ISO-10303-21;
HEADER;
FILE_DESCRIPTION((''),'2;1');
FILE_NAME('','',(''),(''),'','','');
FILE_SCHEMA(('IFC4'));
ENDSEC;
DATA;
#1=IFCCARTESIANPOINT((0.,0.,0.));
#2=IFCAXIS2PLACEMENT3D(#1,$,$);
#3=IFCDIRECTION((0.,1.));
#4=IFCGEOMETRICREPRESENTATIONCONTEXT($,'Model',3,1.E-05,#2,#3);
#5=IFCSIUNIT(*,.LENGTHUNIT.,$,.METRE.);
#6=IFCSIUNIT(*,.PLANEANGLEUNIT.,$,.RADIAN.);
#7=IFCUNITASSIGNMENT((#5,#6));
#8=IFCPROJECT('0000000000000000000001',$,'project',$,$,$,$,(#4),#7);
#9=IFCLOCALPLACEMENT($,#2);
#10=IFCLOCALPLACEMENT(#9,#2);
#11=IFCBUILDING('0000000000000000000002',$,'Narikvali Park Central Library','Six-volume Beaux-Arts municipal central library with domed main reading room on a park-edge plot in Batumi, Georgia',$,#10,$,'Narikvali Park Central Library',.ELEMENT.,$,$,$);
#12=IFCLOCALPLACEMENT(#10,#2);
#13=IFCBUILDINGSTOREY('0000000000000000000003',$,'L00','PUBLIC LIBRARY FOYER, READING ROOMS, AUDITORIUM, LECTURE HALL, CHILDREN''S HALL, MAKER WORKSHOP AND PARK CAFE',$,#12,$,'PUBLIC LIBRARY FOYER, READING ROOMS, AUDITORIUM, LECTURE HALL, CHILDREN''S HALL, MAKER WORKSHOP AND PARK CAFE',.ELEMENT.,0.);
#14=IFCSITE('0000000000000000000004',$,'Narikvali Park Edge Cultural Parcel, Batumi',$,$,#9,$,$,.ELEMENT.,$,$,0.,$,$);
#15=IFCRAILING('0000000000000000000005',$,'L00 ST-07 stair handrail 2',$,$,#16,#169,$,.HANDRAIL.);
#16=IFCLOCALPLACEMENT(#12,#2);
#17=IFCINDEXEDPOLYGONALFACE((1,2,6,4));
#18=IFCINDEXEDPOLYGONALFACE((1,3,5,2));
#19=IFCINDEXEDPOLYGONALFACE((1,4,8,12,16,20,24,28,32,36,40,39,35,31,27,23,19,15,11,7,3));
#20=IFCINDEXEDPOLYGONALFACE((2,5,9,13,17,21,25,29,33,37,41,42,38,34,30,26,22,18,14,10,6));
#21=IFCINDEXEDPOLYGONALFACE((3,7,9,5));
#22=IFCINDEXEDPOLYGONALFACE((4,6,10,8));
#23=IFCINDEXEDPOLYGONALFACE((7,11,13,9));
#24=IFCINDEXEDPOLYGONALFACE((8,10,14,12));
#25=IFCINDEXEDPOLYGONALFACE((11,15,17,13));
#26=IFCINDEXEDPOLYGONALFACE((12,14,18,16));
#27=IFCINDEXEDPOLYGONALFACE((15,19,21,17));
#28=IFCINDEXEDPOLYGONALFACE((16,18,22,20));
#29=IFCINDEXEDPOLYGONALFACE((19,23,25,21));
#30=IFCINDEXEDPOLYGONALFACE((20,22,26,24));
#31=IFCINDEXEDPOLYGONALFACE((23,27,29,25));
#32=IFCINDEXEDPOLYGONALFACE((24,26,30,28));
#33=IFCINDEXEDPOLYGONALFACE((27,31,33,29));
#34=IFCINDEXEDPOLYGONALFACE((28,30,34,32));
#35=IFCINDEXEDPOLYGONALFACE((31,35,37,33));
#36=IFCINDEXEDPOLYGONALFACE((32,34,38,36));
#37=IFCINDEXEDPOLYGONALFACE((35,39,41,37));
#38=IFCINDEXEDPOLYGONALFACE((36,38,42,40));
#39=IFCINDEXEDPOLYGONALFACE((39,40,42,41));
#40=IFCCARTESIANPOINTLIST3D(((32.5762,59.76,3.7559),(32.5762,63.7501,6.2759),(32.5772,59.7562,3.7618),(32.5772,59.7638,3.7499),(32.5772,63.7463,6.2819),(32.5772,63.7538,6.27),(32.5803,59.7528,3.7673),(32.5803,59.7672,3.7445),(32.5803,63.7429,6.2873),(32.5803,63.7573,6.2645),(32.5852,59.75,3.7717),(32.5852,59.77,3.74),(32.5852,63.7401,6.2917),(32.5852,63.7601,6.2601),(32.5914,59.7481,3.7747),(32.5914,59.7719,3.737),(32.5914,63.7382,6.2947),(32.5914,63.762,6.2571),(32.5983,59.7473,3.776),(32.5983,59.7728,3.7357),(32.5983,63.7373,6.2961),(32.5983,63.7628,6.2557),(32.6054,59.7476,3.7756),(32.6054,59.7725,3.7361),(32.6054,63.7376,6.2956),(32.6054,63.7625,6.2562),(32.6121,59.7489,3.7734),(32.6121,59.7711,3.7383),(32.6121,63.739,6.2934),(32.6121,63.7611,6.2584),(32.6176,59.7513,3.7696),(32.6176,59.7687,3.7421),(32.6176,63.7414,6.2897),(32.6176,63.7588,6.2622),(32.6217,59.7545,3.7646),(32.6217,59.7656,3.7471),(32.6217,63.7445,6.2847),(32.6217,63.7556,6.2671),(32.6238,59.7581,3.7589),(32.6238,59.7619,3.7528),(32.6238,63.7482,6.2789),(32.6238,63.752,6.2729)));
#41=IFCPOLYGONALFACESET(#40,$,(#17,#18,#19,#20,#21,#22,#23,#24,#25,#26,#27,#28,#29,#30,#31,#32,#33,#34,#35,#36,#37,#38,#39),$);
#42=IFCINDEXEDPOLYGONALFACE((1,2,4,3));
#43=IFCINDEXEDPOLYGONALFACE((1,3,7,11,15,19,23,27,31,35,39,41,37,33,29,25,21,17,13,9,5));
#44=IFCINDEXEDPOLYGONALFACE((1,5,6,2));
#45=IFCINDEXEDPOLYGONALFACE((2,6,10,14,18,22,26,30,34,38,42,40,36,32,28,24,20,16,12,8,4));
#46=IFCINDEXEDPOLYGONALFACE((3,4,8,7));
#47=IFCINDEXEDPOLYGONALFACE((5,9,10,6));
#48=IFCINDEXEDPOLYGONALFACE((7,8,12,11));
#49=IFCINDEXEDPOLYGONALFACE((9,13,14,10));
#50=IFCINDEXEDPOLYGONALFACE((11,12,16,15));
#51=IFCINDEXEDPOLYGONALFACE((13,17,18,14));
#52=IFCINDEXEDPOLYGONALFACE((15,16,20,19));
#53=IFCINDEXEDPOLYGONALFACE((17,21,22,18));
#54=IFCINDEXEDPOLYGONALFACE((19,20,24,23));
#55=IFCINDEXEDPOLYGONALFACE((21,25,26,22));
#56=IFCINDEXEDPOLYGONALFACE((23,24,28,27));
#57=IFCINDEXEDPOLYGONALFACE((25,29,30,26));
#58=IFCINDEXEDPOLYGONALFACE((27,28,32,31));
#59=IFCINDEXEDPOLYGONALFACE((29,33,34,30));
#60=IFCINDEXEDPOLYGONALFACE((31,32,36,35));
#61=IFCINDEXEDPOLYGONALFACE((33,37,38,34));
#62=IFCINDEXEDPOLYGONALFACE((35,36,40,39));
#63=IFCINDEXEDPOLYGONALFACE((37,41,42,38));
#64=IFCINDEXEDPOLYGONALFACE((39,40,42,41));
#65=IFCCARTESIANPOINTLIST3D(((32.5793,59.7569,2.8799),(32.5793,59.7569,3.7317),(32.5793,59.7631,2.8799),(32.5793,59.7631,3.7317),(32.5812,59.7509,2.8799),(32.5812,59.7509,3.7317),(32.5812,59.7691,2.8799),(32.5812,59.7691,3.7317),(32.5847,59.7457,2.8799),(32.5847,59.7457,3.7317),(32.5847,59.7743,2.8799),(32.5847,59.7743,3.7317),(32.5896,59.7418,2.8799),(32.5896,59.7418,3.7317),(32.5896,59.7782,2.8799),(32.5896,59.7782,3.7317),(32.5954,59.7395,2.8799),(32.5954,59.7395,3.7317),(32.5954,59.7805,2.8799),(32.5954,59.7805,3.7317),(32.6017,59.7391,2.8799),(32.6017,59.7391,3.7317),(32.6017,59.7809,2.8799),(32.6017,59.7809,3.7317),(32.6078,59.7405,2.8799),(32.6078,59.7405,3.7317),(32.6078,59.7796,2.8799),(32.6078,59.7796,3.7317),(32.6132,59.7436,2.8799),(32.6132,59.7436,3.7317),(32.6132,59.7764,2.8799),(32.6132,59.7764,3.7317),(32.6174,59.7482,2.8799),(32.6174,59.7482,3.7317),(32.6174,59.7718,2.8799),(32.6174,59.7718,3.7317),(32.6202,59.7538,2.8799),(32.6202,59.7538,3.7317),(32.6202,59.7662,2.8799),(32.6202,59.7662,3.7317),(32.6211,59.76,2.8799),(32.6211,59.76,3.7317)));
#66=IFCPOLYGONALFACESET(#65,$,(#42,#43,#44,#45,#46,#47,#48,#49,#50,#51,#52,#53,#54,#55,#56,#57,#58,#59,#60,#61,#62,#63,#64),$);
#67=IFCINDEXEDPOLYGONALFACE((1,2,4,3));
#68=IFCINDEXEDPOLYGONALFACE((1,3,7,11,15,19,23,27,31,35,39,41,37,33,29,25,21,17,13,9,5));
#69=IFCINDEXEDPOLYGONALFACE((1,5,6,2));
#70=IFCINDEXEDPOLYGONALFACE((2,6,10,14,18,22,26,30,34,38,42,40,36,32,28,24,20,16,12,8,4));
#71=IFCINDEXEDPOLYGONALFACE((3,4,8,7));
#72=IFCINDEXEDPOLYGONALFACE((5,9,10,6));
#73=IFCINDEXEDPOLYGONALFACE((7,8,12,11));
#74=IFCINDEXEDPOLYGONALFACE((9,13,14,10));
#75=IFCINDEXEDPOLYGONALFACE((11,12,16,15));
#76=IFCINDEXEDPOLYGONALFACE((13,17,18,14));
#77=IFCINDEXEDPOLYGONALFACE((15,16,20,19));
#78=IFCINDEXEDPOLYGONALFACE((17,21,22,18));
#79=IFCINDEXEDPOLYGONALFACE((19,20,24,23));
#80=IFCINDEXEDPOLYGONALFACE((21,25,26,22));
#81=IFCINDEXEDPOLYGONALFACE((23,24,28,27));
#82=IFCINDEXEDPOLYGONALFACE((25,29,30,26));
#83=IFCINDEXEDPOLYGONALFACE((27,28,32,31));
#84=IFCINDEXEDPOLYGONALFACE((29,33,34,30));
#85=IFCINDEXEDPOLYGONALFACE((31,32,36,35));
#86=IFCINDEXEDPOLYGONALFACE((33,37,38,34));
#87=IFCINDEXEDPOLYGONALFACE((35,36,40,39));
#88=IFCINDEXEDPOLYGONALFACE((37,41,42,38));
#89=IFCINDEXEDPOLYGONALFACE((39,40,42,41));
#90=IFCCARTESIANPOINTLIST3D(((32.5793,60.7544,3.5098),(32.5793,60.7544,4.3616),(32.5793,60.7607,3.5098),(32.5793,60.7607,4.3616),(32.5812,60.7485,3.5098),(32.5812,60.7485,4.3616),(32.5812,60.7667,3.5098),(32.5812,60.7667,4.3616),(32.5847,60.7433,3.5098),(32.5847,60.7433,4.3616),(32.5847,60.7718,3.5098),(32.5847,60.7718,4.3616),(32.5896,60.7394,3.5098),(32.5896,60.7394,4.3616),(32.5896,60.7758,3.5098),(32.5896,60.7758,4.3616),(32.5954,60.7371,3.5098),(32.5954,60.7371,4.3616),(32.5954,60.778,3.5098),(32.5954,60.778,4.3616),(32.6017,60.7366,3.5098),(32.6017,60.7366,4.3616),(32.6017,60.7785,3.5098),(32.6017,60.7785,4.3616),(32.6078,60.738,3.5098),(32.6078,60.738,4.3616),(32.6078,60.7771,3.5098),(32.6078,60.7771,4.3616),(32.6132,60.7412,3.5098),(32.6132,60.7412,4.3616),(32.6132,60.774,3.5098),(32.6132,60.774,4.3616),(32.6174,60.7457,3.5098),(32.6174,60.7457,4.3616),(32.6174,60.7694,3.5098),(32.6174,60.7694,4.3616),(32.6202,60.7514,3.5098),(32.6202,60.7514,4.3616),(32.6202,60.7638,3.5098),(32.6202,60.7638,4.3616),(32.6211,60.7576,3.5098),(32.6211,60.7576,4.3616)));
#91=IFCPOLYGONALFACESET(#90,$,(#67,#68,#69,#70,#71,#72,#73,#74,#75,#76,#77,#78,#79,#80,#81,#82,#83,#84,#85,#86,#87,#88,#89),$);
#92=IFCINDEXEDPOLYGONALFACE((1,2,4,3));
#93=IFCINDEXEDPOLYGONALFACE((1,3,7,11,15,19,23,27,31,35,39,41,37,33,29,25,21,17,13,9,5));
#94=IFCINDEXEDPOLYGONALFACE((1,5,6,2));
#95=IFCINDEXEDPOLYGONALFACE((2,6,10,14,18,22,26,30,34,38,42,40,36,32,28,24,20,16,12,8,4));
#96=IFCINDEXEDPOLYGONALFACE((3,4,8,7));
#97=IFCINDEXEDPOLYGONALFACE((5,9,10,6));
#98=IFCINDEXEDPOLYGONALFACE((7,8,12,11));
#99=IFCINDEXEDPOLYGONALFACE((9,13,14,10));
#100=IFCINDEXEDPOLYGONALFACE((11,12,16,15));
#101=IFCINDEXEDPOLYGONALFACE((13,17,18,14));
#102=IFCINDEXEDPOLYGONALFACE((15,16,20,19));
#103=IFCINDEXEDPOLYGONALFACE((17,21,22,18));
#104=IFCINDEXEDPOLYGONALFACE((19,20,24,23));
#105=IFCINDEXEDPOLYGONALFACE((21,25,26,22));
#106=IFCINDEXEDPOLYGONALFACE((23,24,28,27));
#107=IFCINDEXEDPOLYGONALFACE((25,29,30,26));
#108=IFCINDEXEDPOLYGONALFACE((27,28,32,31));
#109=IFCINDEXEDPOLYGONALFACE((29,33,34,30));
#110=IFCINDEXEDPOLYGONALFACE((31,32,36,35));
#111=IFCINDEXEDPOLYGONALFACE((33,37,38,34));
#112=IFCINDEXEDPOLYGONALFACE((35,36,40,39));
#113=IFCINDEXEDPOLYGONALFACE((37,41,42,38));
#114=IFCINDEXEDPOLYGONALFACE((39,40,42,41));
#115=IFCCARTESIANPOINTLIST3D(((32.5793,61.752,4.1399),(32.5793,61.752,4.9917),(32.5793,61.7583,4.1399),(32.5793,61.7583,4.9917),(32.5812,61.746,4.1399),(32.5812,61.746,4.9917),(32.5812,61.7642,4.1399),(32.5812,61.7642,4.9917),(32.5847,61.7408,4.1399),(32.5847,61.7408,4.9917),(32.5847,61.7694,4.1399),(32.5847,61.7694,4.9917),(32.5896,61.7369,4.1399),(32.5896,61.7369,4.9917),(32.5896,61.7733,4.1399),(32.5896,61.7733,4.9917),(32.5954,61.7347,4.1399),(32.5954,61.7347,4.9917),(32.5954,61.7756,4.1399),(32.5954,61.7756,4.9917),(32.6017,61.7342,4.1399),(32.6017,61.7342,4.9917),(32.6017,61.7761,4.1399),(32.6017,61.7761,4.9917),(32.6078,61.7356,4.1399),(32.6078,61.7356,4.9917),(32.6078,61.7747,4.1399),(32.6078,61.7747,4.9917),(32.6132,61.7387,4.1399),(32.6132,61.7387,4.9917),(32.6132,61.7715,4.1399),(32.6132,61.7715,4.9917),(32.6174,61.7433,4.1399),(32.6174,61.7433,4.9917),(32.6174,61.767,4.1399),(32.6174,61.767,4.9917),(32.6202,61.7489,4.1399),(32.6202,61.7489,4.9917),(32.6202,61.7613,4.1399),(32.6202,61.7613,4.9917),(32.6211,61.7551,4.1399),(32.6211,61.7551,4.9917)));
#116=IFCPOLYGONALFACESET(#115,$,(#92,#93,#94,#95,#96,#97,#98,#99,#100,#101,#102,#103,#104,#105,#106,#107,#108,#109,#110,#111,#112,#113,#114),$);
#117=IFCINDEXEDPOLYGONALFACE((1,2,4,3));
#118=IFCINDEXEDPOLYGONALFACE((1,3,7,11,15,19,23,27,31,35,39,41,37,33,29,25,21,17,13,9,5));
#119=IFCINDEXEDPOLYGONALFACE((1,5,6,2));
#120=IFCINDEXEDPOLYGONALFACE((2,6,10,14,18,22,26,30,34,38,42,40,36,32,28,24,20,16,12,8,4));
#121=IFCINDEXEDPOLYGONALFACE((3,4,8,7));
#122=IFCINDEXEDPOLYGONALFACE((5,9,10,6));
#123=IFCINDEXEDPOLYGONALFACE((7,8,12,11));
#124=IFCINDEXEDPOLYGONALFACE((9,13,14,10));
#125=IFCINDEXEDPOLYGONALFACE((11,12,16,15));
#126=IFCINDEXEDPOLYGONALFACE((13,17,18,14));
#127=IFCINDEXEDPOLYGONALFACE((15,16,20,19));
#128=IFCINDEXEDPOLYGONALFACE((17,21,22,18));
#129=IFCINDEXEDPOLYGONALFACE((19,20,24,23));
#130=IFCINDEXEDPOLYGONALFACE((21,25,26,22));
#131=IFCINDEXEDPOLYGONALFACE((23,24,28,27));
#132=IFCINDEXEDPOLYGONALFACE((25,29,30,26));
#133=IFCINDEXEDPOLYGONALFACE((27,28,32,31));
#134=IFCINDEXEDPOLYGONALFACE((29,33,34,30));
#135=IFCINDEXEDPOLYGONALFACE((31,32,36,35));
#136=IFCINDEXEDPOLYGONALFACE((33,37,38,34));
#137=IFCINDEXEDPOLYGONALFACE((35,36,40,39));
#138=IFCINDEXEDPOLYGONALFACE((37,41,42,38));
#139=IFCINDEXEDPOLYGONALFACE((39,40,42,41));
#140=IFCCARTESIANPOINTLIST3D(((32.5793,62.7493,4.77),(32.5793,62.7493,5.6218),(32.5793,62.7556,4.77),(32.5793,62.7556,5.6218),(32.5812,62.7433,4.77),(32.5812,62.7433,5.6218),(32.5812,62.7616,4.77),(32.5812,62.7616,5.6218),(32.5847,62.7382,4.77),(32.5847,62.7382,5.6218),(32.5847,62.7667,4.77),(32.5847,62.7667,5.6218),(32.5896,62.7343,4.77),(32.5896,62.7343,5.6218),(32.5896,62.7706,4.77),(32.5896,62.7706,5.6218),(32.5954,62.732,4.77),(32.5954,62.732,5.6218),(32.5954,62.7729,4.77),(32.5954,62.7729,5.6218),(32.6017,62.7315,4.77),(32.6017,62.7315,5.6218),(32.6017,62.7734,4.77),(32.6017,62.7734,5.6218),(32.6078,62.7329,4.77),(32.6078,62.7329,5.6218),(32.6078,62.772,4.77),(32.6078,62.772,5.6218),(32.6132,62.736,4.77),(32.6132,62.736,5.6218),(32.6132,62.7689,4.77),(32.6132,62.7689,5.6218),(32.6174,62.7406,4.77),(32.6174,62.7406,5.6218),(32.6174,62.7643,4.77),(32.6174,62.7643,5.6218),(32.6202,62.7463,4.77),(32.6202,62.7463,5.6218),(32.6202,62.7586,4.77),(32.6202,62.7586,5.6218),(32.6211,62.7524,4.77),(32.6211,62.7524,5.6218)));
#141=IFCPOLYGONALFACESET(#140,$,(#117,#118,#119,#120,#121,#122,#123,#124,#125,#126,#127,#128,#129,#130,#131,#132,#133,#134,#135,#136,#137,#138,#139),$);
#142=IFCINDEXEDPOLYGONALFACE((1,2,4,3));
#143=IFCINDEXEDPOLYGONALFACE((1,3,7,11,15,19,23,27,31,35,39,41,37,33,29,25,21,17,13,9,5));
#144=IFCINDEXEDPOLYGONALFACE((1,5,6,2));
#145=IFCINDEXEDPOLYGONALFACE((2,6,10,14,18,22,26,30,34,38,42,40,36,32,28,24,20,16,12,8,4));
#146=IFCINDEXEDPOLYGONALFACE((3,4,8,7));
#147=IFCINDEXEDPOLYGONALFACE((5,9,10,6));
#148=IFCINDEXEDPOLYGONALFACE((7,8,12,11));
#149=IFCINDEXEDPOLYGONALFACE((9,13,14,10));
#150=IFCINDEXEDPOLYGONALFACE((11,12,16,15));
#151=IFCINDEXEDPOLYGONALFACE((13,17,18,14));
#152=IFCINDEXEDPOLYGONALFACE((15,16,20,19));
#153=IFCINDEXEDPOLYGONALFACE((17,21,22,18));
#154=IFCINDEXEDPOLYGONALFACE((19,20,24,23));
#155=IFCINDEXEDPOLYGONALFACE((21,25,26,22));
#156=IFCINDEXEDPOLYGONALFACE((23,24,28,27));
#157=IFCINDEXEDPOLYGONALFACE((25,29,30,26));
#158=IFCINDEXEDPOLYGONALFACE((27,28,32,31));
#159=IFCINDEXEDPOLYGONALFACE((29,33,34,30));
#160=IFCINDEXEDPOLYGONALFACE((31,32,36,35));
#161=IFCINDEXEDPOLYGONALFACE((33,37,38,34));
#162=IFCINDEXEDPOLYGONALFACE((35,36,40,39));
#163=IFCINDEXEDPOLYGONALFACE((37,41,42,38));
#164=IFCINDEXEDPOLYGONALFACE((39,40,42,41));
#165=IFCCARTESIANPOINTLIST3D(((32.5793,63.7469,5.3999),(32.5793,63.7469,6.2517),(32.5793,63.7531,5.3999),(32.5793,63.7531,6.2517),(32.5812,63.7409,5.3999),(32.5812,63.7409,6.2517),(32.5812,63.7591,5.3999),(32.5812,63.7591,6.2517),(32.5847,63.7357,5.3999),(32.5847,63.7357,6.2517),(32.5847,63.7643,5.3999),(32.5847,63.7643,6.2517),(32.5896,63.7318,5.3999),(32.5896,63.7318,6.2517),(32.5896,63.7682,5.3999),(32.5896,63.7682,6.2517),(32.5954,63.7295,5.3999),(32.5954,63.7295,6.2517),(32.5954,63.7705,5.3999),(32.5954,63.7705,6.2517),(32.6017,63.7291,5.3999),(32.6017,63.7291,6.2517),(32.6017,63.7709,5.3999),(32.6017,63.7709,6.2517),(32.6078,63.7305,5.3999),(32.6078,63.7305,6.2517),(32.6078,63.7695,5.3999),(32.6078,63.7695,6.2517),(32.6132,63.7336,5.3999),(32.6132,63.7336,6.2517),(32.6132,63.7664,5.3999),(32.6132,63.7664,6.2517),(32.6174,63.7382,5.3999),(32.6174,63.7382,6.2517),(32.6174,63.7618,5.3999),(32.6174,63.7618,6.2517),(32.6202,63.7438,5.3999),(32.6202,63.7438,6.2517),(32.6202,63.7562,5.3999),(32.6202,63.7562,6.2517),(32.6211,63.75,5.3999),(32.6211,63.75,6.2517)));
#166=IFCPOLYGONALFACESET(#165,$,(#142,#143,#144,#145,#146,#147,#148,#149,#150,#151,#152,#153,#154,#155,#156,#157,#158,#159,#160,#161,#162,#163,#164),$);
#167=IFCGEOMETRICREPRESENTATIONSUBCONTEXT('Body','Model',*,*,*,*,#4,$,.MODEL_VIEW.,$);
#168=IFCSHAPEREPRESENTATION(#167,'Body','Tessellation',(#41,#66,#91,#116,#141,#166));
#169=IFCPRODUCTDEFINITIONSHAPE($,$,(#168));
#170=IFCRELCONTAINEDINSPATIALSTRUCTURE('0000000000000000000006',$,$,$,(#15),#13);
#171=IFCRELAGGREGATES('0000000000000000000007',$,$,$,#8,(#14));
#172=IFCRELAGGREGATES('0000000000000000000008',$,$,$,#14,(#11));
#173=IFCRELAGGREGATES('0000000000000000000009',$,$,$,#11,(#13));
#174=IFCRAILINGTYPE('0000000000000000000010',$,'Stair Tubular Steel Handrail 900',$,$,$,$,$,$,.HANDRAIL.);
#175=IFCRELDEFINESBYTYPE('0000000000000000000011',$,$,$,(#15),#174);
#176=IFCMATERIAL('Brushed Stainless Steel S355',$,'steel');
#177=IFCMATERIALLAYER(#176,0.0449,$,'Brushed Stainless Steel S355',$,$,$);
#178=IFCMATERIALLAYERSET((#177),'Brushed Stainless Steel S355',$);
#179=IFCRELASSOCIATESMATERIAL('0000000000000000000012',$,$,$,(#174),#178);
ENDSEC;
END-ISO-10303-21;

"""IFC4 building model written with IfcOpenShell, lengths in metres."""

from ifc_helpers import new_model, si_unit, direction, frame, origin, origin_2d, place, context, subcontext, project, spatial, circle, extrude, material, layer, layer_set, type_object, element, save


model = new_model("IFC4")

# Units and contexts
model_context = context("Model", 3, precision=1e-05, world=origin(), true_north=direction((0.0, 1.0)))
body_context = subcontext(model_context, "Body", "Model", "MODEL_VIEW")
ifc_project = project(units=[si_unit("LENGTHUNIT", "METRE"), si_unit("PLANEANGLEUNIT", "RADIAN")], contexts=[model_context])

# Site, building, storey
site_placement = place(None, origin())
site = spatial("IfcSite", under=ifc_project, at=site_placement, Name="Narikvali Park Edge Cultural Parcel, Batumi", CompositionType="ELEMENT", RefElevation=0.0)
building_placement = place(site_placement, origin())
building = spatial("IfcBuilding", under=site, at=building_placement, Name="Narikvali Park Central Library", Description="Six-volume Beaux-Arts municipal central library with domed main reading room on a park-edge plot in Batumi, Georgia", LongName="Narikvali Park Central Library", CompositionType="ELEMENT")
storey_placement = place(building_placement, origin())
storey = spatial("IfcBuildingStorey", under=building, at=storey_placement, Name="L00", Description="PUBLIC LIBRARY FOYER, READING ROOMS, AUDITORIUM, LECTURE HALL, CHILDREN'S HALL, MAKER WORKSHOP AND PARK CAFE", LongName="PUBLIC LIBRARY FOYER, READING ROOMS, AUDITORIUM, LECTURE HALL, CHILDREN'S HALL, MAKER WORKSHOP AND PARK CAFE", CompositionType="ELEMENT", Elevation=0.0)

# Shared definitions
ifc_material_1 = material(Name="Brushed Stainless Steel S355", Category="steel")

# Railing
ifc_layer_1 = layer(ifc_material_1, 0.0449, Name="Brushed Stainless Steel S355")
ifc_layer_set_1 = layer_set([ifc_layer_1], Name="Brushed Stainless Steel S355")
railing_type_1 = type_object("IfcRailingType", Name="Stair Tubular Steel Handrail 900", PredefinedType="HANDRAIL", material=ifc_layer_set_1)
railing_1_placement = place(storey_placement, frame((32.6001, 59.76, 2.8799)))
element("IfcRailing", 1, at=railing_1_placement, inside=storey, type_object=railing_type_1, Name="L00 ST-07 stair handrail 2", PredefinedType="HANDRAIL", context=body_context, shape_type="SweptSolid", body=[
    extrude(circle(Radius=0.0239, at=origin_2d()), frame((0.0, 0.0, 0.876), z_axis=(0.0, 0.845486, 0.533997), x_axis=(-1.0, 0.0, 0.0)), (0.0, 0.0, 1.0), 4.7192),
    extrude(circle(Radius=0.021, at=origin_2d()), origin(), (0.0, 0.0, 1.0), 0.8518),
    extrude(circle(Radius=0.021, at=origin_2d()), frame((0.0, 0.9976, 0.6299)), (0.0, 0.0, 1.0), 0.8518),
    extrude(circle(Radius=0.021, at=origin_2d()), frame((0.0, 1.9951, 1.26)), (0.0, 0.0, 1.0), 0.8518),
    extrude(circle(Radius=0.021, at=origin_2d()), frame((0.0, 2.9924, 1.8901)), (0.0, 0.0, 1.0), 0.8518),
    extrude(circle(Radius=0.021, at=origin_2d()), frame((0.0, 3.99, 2.52)), (0.0, 0.0, 1.0), 0.8518),
])

save(model, "model.ifc")
